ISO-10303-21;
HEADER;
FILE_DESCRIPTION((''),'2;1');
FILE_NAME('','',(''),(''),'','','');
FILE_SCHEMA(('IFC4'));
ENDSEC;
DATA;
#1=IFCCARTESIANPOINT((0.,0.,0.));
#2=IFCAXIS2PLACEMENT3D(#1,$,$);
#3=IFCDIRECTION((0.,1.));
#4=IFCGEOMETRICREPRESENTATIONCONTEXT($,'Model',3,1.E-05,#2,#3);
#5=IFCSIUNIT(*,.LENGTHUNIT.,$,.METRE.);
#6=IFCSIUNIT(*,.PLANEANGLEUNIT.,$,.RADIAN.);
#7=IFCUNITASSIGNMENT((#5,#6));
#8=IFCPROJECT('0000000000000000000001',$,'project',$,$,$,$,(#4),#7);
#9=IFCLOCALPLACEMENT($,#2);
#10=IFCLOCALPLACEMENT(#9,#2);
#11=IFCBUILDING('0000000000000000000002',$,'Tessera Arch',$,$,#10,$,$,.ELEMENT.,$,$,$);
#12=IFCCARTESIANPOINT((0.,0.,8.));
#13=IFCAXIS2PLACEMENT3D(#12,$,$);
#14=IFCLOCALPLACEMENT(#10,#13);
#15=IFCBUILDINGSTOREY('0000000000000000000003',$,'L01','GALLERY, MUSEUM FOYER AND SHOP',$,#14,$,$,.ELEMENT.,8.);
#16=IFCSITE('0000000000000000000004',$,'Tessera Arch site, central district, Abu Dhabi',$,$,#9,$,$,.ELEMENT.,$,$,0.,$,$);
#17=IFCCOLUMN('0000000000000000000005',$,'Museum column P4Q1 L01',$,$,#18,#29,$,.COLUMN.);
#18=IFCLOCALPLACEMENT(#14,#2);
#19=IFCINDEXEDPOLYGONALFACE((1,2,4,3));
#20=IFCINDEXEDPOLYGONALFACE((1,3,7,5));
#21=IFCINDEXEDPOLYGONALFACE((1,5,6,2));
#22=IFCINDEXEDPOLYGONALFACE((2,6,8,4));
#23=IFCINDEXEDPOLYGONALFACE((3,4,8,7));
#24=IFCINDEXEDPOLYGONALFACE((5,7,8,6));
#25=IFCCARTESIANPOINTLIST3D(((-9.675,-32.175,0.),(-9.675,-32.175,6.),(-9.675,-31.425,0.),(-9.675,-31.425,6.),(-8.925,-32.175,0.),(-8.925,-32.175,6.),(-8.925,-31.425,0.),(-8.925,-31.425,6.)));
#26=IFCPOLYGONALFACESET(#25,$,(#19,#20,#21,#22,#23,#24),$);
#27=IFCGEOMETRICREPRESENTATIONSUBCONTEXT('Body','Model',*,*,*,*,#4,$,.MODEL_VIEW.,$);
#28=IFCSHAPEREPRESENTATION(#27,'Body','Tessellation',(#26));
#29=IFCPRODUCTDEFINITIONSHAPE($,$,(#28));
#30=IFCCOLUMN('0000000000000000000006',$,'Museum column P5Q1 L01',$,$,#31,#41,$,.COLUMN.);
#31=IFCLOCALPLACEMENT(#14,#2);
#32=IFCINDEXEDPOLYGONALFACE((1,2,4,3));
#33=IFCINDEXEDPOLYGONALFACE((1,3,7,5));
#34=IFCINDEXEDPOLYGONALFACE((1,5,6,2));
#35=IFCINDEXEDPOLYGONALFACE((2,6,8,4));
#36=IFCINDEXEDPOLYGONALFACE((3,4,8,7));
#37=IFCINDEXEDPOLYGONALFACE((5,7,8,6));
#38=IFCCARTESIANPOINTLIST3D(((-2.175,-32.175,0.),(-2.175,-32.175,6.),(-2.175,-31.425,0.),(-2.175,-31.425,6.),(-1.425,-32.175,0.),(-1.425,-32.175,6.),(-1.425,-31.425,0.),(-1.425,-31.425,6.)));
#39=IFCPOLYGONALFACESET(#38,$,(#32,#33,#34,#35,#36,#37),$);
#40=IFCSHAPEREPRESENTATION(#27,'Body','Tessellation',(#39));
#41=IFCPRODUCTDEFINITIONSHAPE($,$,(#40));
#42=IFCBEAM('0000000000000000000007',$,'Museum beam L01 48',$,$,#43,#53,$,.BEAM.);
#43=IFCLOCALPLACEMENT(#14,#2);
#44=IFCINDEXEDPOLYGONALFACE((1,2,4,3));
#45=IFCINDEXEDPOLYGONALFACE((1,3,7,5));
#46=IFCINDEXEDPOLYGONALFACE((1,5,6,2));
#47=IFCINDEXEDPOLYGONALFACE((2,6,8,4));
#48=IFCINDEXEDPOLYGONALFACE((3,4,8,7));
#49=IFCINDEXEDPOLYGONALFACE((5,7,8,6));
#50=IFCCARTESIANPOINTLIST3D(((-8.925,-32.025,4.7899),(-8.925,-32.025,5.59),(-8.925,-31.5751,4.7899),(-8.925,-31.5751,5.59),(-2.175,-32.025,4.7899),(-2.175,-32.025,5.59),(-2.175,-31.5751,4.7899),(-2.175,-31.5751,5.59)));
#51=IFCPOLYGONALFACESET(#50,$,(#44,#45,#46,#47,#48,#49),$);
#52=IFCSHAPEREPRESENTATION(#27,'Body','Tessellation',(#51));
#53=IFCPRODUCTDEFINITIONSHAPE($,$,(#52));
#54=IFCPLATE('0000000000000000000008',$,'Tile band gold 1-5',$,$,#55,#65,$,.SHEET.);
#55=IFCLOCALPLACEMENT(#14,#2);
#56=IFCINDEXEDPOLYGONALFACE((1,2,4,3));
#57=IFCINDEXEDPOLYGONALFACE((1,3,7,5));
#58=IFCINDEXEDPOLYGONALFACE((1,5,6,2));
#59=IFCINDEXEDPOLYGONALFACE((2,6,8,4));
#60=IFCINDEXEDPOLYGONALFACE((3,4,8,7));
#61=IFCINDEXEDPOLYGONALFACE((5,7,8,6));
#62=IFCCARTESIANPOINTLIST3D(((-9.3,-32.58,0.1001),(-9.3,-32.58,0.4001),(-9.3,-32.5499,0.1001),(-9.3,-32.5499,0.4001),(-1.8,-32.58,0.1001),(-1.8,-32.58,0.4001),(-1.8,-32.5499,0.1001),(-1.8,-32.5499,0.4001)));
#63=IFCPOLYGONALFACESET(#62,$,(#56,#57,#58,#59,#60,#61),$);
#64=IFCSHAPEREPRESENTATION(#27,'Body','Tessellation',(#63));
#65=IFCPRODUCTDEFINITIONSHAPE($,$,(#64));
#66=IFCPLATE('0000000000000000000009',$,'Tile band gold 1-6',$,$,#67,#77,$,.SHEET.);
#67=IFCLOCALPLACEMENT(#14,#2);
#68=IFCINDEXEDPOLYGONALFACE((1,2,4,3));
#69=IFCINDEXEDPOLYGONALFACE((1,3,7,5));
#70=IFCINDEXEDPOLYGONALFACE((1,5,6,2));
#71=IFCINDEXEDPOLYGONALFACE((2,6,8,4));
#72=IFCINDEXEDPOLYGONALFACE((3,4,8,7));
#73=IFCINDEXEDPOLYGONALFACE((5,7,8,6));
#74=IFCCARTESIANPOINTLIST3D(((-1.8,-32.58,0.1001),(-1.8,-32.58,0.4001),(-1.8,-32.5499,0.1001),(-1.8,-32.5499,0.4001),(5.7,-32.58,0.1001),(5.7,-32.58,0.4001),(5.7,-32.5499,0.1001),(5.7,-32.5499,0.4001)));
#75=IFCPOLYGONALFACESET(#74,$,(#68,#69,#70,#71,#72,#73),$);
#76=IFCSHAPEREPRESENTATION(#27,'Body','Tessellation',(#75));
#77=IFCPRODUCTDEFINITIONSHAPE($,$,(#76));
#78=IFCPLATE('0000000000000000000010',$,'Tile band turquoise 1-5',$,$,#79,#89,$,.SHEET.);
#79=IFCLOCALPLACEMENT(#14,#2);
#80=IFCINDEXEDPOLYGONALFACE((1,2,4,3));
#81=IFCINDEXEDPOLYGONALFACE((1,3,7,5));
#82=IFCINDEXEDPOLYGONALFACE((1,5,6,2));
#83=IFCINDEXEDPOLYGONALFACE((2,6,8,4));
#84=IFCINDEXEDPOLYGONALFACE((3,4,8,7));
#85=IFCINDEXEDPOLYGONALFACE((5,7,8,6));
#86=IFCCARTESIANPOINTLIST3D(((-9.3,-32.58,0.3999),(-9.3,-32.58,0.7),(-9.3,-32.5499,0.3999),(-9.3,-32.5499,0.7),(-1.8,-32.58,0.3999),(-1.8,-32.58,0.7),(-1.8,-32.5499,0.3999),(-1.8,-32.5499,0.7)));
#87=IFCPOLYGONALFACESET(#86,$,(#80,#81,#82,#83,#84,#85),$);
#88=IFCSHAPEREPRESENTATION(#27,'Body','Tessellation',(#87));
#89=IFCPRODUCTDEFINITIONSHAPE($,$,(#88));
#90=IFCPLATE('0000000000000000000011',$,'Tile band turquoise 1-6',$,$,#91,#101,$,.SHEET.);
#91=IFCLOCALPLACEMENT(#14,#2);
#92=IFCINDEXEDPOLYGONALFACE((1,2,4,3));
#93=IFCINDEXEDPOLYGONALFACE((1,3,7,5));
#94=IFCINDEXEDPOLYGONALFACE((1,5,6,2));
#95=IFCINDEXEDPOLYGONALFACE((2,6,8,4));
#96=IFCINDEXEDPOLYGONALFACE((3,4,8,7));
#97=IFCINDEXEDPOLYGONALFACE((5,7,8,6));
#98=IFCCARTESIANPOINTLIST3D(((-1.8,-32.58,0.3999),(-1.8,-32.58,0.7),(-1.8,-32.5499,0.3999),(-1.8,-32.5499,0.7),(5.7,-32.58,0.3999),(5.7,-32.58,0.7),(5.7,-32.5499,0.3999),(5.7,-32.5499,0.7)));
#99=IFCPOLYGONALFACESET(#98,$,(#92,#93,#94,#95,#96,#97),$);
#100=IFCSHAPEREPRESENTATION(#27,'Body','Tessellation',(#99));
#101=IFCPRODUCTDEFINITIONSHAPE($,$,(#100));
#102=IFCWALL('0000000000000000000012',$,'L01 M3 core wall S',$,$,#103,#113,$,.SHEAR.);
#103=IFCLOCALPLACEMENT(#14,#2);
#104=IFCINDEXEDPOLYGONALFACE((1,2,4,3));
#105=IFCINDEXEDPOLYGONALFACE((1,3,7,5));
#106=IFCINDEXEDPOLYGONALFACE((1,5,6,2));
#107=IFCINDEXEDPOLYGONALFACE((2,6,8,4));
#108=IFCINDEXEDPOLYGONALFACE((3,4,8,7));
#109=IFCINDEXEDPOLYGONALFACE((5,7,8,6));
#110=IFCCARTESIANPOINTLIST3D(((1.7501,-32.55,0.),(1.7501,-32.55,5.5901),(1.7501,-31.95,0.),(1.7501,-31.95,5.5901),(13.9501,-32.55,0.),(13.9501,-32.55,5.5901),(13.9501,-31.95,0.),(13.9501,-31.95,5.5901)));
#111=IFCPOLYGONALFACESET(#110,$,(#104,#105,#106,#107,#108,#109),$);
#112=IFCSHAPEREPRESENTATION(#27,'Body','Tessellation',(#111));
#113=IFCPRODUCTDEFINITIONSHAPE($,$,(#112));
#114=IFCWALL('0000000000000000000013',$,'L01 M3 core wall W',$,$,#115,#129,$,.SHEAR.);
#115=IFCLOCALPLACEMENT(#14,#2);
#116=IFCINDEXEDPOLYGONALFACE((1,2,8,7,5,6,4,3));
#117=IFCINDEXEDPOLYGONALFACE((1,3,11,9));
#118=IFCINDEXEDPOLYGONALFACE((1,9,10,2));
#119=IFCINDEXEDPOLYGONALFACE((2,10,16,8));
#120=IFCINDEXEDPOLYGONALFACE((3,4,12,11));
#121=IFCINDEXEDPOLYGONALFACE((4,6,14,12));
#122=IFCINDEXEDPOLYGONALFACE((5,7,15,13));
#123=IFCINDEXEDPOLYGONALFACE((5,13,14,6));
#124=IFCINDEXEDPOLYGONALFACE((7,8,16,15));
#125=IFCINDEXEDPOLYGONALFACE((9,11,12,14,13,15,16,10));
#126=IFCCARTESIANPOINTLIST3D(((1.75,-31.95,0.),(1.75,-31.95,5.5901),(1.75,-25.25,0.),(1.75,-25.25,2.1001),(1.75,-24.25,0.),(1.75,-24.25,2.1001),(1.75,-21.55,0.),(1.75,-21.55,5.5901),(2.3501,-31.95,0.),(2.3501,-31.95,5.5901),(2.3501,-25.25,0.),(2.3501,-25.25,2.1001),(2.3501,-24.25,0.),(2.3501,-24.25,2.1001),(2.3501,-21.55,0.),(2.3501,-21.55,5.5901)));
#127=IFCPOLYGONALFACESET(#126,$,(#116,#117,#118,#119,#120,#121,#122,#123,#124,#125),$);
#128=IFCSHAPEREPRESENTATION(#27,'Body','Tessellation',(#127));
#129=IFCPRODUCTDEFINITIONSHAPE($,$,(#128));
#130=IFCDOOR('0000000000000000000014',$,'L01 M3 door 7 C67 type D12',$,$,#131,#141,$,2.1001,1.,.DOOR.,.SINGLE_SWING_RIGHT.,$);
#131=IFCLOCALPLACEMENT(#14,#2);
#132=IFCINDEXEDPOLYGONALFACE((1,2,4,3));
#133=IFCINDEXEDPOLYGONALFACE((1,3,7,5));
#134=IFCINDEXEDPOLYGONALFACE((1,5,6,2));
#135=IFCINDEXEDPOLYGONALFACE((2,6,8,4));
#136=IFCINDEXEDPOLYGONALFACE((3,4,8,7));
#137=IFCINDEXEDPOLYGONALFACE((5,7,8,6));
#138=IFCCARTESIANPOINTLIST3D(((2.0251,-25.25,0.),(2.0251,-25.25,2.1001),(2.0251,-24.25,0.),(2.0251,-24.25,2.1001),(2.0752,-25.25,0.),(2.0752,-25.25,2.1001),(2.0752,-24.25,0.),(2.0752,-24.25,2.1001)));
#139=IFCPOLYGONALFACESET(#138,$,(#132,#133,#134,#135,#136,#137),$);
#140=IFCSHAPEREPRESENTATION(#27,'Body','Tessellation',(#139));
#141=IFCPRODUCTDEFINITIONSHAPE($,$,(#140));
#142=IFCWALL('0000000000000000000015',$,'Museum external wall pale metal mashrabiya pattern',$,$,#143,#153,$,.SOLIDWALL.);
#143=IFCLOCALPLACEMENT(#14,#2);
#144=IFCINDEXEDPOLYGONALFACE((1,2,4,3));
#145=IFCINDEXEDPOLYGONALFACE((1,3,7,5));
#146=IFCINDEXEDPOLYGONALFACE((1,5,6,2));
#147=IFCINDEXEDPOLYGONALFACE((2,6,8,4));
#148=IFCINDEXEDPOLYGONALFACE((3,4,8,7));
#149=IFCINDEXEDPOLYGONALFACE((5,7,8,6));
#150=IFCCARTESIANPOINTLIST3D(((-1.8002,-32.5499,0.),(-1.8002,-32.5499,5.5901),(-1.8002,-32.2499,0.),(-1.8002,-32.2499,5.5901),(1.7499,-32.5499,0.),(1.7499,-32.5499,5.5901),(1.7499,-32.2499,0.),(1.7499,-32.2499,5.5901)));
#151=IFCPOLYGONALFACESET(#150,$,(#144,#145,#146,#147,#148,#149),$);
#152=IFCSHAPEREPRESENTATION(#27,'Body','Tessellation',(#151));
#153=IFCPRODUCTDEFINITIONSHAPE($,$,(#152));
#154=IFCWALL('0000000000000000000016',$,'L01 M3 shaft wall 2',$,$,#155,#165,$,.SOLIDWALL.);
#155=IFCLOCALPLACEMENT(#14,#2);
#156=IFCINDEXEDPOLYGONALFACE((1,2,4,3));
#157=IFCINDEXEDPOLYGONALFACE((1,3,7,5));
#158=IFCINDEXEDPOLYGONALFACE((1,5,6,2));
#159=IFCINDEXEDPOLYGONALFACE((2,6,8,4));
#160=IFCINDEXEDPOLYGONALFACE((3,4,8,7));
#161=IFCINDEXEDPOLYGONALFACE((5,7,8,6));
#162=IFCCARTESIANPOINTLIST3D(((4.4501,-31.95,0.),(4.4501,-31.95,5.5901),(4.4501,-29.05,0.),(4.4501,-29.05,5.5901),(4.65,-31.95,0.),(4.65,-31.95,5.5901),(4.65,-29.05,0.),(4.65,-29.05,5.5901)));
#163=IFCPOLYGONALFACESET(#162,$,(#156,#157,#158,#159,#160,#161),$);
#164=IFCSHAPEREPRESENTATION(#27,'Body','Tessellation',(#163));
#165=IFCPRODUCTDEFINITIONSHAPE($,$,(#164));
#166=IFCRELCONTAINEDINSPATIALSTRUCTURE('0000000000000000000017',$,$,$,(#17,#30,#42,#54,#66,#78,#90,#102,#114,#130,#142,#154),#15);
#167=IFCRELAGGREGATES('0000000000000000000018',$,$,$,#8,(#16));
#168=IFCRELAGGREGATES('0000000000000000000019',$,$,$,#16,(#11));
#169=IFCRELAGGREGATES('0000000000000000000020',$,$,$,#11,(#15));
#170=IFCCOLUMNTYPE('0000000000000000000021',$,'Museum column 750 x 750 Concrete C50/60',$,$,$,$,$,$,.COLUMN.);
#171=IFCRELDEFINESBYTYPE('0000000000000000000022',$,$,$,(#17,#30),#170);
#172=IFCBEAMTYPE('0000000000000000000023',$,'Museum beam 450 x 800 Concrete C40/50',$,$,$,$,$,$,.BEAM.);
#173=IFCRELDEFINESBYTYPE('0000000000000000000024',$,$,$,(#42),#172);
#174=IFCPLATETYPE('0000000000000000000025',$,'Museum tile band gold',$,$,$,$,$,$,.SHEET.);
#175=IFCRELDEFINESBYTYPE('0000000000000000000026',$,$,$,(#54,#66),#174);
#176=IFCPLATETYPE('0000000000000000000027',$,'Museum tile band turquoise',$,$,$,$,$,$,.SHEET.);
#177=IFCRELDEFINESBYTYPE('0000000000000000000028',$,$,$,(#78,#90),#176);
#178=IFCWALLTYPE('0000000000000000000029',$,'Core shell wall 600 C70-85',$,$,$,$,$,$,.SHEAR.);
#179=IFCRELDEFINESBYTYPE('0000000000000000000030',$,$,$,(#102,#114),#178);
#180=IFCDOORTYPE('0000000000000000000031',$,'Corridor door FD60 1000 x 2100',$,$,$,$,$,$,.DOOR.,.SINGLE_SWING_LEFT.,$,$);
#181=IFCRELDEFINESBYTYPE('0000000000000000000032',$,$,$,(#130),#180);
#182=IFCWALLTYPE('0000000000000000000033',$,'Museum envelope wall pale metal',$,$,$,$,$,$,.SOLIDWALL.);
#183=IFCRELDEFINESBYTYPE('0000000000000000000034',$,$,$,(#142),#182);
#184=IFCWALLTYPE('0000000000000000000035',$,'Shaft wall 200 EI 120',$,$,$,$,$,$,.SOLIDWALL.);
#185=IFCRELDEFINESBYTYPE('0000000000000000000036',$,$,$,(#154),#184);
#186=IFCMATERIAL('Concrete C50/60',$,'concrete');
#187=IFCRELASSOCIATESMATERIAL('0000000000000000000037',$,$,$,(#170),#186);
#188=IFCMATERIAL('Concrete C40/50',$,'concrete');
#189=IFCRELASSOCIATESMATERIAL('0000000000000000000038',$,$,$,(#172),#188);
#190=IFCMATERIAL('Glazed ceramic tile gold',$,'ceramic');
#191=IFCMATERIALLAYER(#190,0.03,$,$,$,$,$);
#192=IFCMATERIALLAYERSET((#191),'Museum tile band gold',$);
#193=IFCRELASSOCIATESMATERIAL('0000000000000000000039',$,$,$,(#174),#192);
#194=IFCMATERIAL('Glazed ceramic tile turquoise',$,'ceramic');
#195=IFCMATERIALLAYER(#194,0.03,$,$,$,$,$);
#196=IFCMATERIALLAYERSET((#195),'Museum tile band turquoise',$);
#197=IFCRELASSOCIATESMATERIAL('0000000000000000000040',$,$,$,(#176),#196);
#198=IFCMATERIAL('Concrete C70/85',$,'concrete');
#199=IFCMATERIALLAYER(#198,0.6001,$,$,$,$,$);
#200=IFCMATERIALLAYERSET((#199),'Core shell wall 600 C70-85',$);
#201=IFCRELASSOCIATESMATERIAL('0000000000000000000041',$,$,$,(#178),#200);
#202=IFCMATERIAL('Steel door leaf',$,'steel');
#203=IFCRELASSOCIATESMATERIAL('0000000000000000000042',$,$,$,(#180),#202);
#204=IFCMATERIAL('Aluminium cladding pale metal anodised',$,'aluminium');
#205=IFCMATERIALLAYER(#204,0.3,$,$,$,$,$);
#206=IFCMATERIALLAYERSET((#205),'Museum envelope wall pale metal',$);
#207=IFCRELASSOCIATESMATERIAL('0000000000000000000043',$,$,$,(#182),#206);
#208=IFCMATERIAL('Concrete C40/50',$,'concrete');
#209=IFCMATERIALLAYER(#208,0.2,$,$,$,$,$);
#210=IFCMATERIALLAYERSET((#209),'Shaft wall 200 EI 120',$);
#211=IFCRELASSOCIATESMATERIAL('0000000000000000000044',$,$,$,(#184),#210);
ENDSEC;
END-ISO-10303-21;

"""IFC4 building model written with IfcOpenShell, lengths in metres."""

from ifc_helpers import new_model, si_unit, direction, frame, frame_2d, origin, origin_2d, place, context, subcontext, project, spatial, rectangle, extrude, material, layer, layer_set, material_profile, profile_set, type_object, element, fill, save


model = new_model("IFC4")

# Units and contexts
model_context = context("Model", 3, precision=1e-05, world=origin(), true_north=direction((0.0, 1.0)))
body_context = subcontext(model_context, "Body", "Model", "MODEL_VIEW")
ifc_project = project(units=[si_unit("LENGTHUNIT", "METRE"), si_unit("PLANEANGLEUNIT", "RADIAN")], contexts=[model_context])

# Site, building, storey
site_placement = place(None, origin())
site = spatial("IfcSite", under=ifc_project, at=site_placement, Name="Tessera Arch site, central district, Abu Dhabi", CompositionType="ELEMENT", RefElevation=0.0)
building_placement = place(site_placement, origin())
building = spatial("IfcBuilding", under=site, at=building_placement, Name="Tessera Arch", CompositionType="ELEMENT")
storey_placement = place(building_placement, frame((0.0, 0.0, 8.0)))
storey = spatial("IfcBuildingStorey", under=building, at=storey_placement, Name="L01", Description="GALLERY, MUSEUM FOYER AND SHOP", CompositionType="ELEMENT", Elevation=8.0)

# Columns
ifc_material_1 = material(Name="Concrete C50/60", Category="concrete")
ifc_material_profile_1 = material_profile(ifc_material_1, rectangle(XDim=0.75, YDim=0.75, at=origin_2d()), Name="Museum column 750 x 750 Concrete C50/60")
ifc_profile_set_1 = profile_set([ifc_material_profile_1], Name="Concrete C50/60")
column_type = type_object("IfcColumnType", Name="Museum column 750 x 750 Concrete C50/60", PredefinedType="COLUMN", material=ifc_profile_set_1)
for number, where, z_axis, x_axis, name in (
    (1, (-9.3, -31.8, 0.0), (0.0, 0.0, 1.0), (1.0, 0.0, 0.0), "Museum column P4Q1 L01"),
    (2, (-1.8, -31.8, 0.0), (0.0, 0.0, 1.0), (1.0, 0.0, 0.0), "Museum column P5Q1 L01"),
):
    element("IfcColumn", number, at=place(storey_placement, frame(where, z_axis=z_axis, x_axis=x_axis)), inside=storey, type_object=column_type, Name=name, PredefinedType="COLUMN", context=body_context, shape_type="SweptSolid", body=[
        extrude(rectangle(XDim=0.75, YDim=0.75, at=origin_2d()), origin(), (0.0, 0.0, 1.0), 6.0),
    ])

# Beam
ifc_material_2 = material(Name="Concrete C40/50", Category="concrete")
ifc_material_profile_2 = material_profile(ifc_material_2, rectangle(XDim=0.45, YDim=0.8, at=origin_2d()), Name="Museum beam 450 x 800 Concrete C40/50")
ifc_profile_set_2 = profile_set([ifc_material_profile_2], Name="Concrete C40/50")
beam_type = type_object("IfcBeamType", Name="Museum beam 450 x 800 Concrete C40/50", PredefinedType="BEAM", material=ifc_profile_set_2)
beam_placement = place(storey_placement, frame((-8.925, -31.8, 5.1899), z_axis=(1.0, 0.0, 0.0), x_axis=(0.0, 1.0, 0.0)))
element("IfcBeam", 3, at=beam_placement, inside=storey, type_object=beam_type, Name="Museum beam L01 48", PredefinedType="BEAM", context=body_context, shape_type="SweptSolid", body=[
    extrude(rectangle(XDim=0.45, YDim=0.8, at=origin_2d()), origin(), (0.0, 0.0, 1.0), 6.75),
])

# Plates
ifc_material_3 = material(Name="Glazed ceramic tile gold", Category="ceramic")
ifc_layer_1 = layer(ifc_material_3, 0.03)
ifc_layer_set_1 = layer_set([ifc_layer_1], Name="Museum tile band gold")
plate_type_1 = type_object("IfcPlateType", Name="Museum tile band gold", PredefinedType="SHEET", material=ifc_layer_set_1)
for number, where, z_axis, x_axis, name in (
    (4, (-5.55, -32.5649, 0.1001), (0.0, 0.0, 1.0), (1.0, 0.0, 0.0), "Tile band gold 1-5"),
    (5, (1.95, -32.5649, 0.1001), (0.0, 0.0, 1.0), (1.0, 0.0, 0.0), "Tile band gold 1-6"),
):
    element("IfcPlate", number, at=place(storey_placement, frame(where, z_axis=z_axis, x_axis=x_axis)), inside=storey, type_object=plate_type_1, Name=name, PredefinedType="SHEET", context=body_context, shape_type="SweptSolid", body=[
        extrude(rectangle(XDim=7.5, YDim=0.03, at=origin_2d()), origin(), (0.0, 0.0, 1.0), 0.3),
    ])
ifc_material_4 = material(Name="Glazed ceramic tile turquoise", Category="ceramic")
ifc_layer_2 = layer(ifc_material_4, 0.03)
ifc_layer_set_2 = layer_set([ifc_layer_2], Name="Museum tile band turquoise")
plate_type_2 = type_object("IfcPlateType", Name="Museum tile band turquoise", PredefinedType="SHEET", material=ifc_layer_set_2)
for number, where, z_axis, x_axis, name in (
    (6, (-5.55, -32.5649, 0.3999), (0.0, 0.0, 1.0), (1.0, 0.0, 0.0), "Tile band turquoise 1-5"),
    (7, (1.95, -32.5649, 0.3999), (0.0, 0.0, 1.0), (1.0, 0.0, 0.0), "Tile band turquoise 1-6"),
):
    element("IfcPlate", number, at=place(storey_placement, frame(where, z_axis=z_axis, x_axis=x_axis)), inside=storey, type_object=plate_type_2, Name=name, PredefinedType="SHEET", context=body_context, shape_type="SweptSolid", body=[
        extrude(rectangle(XDim=7.5, YDim=0.03, at=origin_2d()), origin(), (0.0, 0.0, 1.0), 0.3),
    ])

# Wall
ifc_material_5 = material(Name="Concrete C70/85", Category="concrete")
ifc_layer_3 = layer(ifc_material_5, 0.6001)
ifc_layer_set_3 = layer_set([ifc_layer_3], Name="Core shell wall 600 C70-85")
wall_type_1 = type_object("IfcWallType", Name="Core shell wall 600 C70-85", PredefinedType="SHEAR", material=ifc_layer_set_3)
wall_1_placement = place(storey_placement, frame((1.75, -32.25, 0.0), z_axis=(0.0, 0.0, 1.0), x_axis=(1.0, 0.0, 0.0)))
element("IfcWall", 8, at=wall_1_placement, inside=storey, type_object=wall_type_1, Name="L01 M3 core wall S", PredefinedType="SHEAR", context=body_context, shape_type="SweptSolid", body=[
    extrude(rectangle(XDim=12.2, YDim=0.6001, at=frame_2d((6.1001, 0.0))), origin(), (0.0, 0.0, 1.0), 5.5901),
])

# Wall, opening, door
wall_2_placement = place(storey_placement, frame((2.05, -31.95, 0.0), z_axis=(0.0, 0.0, 1.0), x_axis=(0.0, 1.0, 0.0)))
wall_2 = element("IfcWall", 9, at=wall_2_placement, inside=storey, type_object=wall_type_1, Name="L01 M3 core wall W", PredefinedType="SHEAR", context=body_context, shape_type="SweptSolid", body=[
    extrude(rectangle(XDim=10.3999, YDim=0.6001, at=frame_2d((5.2, 0.0))), origin(), (0.0, 0.0, 1.0), 5.5901),
])
opening_placement = place(wall_2_placement, frame((6.7, 0.0, 0.0)))
opening = element("IfcOpeningElement", 10, at=opening_placement, cuts=wall_2, PredefinedType="OPENING", context=body_context, shape_type="SweptSolid", body=[
    extrude(rectangle(XDim=1.0, YDim=2.1001, at=frame_2d((0.5, 1.05))), frame((0.0, 0.3101, 0.0), z_axis=(0.0, -1.0, 0.0), x_axis=(1.0, 0.0, 0.0)), (0.0, 0.0, 1.0), 0.6201),
])
ifc_material_6 = material(Name="Steel door leaf", Category="steel")
door_type = type_object("IfcDoorType", Name="Corridor door FD60 1000 x 2100", OperationType="SINGLE_SWING_LEFT", PredefinedType="DOOR", material=ifc_material_6)
door_placement = place(opening_placement, origin())
door = element("IfcDoor", 11, at=door_placement, inside=storey, type_object=door_type, Name="L01 M3 door 7 C67 type D12", OperationType="SINGLE_SWING_RIGHT", OverallHeight=2.1001, OverallWidth=1.0, PredefinedType="DOOR", context=body_context, shape_type="SweptSolid", body=[
    extrude(rectangle(XDim=1.0, YDim=2.1001, at=frame_2d((0.5, 1.05))), frame((0.0, 0.0249, 0.0), z_axis=(0.0, -1.0, 0.0), x_axis=(1.0, 0.0, 0.0)), (0.0, 0.0, 1.0), 0.05),
])
fill(opening, door)

# Walls
ifc_material_7 = material(Name="Aluminium cladding pale metal anodised", Category="aluminium")
ifc_layer_4 = layer(ifc_material_7, 0.3)
ifc_layer_set_4 = layer_set([ifc_layer_4], Name="Museum envelope wall pale metal")
wall_type_2 = type_object("IfcWallType", Name="Museum envelope wall pale metal", PredefinedType="SOLIDWALL", material=ifc_layer_set_4)
wall_3_placement = place(storey_placement, frame((-1.8, -32.3999, 0.0), z_axis=(0.0, 0.0, 1.0), x_axis=(1.0, 0.0, 0.0)))
element("IfcWall", 12, at=wall_3_placement, inside=storey, type_object=wall_type_2, Name="Museum external wall pale metal mashrabiya pattern", PredefinedType="SOLIDWALL", context=body_context, shape_type="SweptSolid", body=[
    extrude(rectangle(XDim=3.55, YDim=0.3, at=frame_2d((1.7749, 0.0))), origin(), (0.0, 0.0, 1.0), 5.5901),
])
ifc_material_8 = material(Name="Concrete C40/50", Category="concrete")
ifc_layer_5 = layer(ifc_material_8, 0.2)
ifc_layer_set_5 = layer_set([ifc_layer_5], Name="Shaft wall 200 EI 120")
wall_type_3 = type_object("IfcWallType", Name="Shaft wall 200 EI 120", PredefinedType="SOLIDWALL", material=ifc_layer_set_5)
wall_4_placement = place(storey_placement, frame((4.55, -31.95, 0.0), z_axis=(0.0, 0.0, 1.0), x_axis=(0.0, 1.0, 0.0)))
element("IfcWall", 13, at=wall_4_placement, inside=storey, type_object=wall_type_3, Name="L01 M3 shaft wall 2", PredefinedType="SOLIDWALL", context=body_context, shape_type="SweptSolid", body=[
    extrude(rectangle(XDim=2.8999, YDim=0.2, at=frame_2d((1.45, 0.0))), origin(), (0.0, 0.0, 1.0), 5.5901),
])

save(model, "model.ifc")
